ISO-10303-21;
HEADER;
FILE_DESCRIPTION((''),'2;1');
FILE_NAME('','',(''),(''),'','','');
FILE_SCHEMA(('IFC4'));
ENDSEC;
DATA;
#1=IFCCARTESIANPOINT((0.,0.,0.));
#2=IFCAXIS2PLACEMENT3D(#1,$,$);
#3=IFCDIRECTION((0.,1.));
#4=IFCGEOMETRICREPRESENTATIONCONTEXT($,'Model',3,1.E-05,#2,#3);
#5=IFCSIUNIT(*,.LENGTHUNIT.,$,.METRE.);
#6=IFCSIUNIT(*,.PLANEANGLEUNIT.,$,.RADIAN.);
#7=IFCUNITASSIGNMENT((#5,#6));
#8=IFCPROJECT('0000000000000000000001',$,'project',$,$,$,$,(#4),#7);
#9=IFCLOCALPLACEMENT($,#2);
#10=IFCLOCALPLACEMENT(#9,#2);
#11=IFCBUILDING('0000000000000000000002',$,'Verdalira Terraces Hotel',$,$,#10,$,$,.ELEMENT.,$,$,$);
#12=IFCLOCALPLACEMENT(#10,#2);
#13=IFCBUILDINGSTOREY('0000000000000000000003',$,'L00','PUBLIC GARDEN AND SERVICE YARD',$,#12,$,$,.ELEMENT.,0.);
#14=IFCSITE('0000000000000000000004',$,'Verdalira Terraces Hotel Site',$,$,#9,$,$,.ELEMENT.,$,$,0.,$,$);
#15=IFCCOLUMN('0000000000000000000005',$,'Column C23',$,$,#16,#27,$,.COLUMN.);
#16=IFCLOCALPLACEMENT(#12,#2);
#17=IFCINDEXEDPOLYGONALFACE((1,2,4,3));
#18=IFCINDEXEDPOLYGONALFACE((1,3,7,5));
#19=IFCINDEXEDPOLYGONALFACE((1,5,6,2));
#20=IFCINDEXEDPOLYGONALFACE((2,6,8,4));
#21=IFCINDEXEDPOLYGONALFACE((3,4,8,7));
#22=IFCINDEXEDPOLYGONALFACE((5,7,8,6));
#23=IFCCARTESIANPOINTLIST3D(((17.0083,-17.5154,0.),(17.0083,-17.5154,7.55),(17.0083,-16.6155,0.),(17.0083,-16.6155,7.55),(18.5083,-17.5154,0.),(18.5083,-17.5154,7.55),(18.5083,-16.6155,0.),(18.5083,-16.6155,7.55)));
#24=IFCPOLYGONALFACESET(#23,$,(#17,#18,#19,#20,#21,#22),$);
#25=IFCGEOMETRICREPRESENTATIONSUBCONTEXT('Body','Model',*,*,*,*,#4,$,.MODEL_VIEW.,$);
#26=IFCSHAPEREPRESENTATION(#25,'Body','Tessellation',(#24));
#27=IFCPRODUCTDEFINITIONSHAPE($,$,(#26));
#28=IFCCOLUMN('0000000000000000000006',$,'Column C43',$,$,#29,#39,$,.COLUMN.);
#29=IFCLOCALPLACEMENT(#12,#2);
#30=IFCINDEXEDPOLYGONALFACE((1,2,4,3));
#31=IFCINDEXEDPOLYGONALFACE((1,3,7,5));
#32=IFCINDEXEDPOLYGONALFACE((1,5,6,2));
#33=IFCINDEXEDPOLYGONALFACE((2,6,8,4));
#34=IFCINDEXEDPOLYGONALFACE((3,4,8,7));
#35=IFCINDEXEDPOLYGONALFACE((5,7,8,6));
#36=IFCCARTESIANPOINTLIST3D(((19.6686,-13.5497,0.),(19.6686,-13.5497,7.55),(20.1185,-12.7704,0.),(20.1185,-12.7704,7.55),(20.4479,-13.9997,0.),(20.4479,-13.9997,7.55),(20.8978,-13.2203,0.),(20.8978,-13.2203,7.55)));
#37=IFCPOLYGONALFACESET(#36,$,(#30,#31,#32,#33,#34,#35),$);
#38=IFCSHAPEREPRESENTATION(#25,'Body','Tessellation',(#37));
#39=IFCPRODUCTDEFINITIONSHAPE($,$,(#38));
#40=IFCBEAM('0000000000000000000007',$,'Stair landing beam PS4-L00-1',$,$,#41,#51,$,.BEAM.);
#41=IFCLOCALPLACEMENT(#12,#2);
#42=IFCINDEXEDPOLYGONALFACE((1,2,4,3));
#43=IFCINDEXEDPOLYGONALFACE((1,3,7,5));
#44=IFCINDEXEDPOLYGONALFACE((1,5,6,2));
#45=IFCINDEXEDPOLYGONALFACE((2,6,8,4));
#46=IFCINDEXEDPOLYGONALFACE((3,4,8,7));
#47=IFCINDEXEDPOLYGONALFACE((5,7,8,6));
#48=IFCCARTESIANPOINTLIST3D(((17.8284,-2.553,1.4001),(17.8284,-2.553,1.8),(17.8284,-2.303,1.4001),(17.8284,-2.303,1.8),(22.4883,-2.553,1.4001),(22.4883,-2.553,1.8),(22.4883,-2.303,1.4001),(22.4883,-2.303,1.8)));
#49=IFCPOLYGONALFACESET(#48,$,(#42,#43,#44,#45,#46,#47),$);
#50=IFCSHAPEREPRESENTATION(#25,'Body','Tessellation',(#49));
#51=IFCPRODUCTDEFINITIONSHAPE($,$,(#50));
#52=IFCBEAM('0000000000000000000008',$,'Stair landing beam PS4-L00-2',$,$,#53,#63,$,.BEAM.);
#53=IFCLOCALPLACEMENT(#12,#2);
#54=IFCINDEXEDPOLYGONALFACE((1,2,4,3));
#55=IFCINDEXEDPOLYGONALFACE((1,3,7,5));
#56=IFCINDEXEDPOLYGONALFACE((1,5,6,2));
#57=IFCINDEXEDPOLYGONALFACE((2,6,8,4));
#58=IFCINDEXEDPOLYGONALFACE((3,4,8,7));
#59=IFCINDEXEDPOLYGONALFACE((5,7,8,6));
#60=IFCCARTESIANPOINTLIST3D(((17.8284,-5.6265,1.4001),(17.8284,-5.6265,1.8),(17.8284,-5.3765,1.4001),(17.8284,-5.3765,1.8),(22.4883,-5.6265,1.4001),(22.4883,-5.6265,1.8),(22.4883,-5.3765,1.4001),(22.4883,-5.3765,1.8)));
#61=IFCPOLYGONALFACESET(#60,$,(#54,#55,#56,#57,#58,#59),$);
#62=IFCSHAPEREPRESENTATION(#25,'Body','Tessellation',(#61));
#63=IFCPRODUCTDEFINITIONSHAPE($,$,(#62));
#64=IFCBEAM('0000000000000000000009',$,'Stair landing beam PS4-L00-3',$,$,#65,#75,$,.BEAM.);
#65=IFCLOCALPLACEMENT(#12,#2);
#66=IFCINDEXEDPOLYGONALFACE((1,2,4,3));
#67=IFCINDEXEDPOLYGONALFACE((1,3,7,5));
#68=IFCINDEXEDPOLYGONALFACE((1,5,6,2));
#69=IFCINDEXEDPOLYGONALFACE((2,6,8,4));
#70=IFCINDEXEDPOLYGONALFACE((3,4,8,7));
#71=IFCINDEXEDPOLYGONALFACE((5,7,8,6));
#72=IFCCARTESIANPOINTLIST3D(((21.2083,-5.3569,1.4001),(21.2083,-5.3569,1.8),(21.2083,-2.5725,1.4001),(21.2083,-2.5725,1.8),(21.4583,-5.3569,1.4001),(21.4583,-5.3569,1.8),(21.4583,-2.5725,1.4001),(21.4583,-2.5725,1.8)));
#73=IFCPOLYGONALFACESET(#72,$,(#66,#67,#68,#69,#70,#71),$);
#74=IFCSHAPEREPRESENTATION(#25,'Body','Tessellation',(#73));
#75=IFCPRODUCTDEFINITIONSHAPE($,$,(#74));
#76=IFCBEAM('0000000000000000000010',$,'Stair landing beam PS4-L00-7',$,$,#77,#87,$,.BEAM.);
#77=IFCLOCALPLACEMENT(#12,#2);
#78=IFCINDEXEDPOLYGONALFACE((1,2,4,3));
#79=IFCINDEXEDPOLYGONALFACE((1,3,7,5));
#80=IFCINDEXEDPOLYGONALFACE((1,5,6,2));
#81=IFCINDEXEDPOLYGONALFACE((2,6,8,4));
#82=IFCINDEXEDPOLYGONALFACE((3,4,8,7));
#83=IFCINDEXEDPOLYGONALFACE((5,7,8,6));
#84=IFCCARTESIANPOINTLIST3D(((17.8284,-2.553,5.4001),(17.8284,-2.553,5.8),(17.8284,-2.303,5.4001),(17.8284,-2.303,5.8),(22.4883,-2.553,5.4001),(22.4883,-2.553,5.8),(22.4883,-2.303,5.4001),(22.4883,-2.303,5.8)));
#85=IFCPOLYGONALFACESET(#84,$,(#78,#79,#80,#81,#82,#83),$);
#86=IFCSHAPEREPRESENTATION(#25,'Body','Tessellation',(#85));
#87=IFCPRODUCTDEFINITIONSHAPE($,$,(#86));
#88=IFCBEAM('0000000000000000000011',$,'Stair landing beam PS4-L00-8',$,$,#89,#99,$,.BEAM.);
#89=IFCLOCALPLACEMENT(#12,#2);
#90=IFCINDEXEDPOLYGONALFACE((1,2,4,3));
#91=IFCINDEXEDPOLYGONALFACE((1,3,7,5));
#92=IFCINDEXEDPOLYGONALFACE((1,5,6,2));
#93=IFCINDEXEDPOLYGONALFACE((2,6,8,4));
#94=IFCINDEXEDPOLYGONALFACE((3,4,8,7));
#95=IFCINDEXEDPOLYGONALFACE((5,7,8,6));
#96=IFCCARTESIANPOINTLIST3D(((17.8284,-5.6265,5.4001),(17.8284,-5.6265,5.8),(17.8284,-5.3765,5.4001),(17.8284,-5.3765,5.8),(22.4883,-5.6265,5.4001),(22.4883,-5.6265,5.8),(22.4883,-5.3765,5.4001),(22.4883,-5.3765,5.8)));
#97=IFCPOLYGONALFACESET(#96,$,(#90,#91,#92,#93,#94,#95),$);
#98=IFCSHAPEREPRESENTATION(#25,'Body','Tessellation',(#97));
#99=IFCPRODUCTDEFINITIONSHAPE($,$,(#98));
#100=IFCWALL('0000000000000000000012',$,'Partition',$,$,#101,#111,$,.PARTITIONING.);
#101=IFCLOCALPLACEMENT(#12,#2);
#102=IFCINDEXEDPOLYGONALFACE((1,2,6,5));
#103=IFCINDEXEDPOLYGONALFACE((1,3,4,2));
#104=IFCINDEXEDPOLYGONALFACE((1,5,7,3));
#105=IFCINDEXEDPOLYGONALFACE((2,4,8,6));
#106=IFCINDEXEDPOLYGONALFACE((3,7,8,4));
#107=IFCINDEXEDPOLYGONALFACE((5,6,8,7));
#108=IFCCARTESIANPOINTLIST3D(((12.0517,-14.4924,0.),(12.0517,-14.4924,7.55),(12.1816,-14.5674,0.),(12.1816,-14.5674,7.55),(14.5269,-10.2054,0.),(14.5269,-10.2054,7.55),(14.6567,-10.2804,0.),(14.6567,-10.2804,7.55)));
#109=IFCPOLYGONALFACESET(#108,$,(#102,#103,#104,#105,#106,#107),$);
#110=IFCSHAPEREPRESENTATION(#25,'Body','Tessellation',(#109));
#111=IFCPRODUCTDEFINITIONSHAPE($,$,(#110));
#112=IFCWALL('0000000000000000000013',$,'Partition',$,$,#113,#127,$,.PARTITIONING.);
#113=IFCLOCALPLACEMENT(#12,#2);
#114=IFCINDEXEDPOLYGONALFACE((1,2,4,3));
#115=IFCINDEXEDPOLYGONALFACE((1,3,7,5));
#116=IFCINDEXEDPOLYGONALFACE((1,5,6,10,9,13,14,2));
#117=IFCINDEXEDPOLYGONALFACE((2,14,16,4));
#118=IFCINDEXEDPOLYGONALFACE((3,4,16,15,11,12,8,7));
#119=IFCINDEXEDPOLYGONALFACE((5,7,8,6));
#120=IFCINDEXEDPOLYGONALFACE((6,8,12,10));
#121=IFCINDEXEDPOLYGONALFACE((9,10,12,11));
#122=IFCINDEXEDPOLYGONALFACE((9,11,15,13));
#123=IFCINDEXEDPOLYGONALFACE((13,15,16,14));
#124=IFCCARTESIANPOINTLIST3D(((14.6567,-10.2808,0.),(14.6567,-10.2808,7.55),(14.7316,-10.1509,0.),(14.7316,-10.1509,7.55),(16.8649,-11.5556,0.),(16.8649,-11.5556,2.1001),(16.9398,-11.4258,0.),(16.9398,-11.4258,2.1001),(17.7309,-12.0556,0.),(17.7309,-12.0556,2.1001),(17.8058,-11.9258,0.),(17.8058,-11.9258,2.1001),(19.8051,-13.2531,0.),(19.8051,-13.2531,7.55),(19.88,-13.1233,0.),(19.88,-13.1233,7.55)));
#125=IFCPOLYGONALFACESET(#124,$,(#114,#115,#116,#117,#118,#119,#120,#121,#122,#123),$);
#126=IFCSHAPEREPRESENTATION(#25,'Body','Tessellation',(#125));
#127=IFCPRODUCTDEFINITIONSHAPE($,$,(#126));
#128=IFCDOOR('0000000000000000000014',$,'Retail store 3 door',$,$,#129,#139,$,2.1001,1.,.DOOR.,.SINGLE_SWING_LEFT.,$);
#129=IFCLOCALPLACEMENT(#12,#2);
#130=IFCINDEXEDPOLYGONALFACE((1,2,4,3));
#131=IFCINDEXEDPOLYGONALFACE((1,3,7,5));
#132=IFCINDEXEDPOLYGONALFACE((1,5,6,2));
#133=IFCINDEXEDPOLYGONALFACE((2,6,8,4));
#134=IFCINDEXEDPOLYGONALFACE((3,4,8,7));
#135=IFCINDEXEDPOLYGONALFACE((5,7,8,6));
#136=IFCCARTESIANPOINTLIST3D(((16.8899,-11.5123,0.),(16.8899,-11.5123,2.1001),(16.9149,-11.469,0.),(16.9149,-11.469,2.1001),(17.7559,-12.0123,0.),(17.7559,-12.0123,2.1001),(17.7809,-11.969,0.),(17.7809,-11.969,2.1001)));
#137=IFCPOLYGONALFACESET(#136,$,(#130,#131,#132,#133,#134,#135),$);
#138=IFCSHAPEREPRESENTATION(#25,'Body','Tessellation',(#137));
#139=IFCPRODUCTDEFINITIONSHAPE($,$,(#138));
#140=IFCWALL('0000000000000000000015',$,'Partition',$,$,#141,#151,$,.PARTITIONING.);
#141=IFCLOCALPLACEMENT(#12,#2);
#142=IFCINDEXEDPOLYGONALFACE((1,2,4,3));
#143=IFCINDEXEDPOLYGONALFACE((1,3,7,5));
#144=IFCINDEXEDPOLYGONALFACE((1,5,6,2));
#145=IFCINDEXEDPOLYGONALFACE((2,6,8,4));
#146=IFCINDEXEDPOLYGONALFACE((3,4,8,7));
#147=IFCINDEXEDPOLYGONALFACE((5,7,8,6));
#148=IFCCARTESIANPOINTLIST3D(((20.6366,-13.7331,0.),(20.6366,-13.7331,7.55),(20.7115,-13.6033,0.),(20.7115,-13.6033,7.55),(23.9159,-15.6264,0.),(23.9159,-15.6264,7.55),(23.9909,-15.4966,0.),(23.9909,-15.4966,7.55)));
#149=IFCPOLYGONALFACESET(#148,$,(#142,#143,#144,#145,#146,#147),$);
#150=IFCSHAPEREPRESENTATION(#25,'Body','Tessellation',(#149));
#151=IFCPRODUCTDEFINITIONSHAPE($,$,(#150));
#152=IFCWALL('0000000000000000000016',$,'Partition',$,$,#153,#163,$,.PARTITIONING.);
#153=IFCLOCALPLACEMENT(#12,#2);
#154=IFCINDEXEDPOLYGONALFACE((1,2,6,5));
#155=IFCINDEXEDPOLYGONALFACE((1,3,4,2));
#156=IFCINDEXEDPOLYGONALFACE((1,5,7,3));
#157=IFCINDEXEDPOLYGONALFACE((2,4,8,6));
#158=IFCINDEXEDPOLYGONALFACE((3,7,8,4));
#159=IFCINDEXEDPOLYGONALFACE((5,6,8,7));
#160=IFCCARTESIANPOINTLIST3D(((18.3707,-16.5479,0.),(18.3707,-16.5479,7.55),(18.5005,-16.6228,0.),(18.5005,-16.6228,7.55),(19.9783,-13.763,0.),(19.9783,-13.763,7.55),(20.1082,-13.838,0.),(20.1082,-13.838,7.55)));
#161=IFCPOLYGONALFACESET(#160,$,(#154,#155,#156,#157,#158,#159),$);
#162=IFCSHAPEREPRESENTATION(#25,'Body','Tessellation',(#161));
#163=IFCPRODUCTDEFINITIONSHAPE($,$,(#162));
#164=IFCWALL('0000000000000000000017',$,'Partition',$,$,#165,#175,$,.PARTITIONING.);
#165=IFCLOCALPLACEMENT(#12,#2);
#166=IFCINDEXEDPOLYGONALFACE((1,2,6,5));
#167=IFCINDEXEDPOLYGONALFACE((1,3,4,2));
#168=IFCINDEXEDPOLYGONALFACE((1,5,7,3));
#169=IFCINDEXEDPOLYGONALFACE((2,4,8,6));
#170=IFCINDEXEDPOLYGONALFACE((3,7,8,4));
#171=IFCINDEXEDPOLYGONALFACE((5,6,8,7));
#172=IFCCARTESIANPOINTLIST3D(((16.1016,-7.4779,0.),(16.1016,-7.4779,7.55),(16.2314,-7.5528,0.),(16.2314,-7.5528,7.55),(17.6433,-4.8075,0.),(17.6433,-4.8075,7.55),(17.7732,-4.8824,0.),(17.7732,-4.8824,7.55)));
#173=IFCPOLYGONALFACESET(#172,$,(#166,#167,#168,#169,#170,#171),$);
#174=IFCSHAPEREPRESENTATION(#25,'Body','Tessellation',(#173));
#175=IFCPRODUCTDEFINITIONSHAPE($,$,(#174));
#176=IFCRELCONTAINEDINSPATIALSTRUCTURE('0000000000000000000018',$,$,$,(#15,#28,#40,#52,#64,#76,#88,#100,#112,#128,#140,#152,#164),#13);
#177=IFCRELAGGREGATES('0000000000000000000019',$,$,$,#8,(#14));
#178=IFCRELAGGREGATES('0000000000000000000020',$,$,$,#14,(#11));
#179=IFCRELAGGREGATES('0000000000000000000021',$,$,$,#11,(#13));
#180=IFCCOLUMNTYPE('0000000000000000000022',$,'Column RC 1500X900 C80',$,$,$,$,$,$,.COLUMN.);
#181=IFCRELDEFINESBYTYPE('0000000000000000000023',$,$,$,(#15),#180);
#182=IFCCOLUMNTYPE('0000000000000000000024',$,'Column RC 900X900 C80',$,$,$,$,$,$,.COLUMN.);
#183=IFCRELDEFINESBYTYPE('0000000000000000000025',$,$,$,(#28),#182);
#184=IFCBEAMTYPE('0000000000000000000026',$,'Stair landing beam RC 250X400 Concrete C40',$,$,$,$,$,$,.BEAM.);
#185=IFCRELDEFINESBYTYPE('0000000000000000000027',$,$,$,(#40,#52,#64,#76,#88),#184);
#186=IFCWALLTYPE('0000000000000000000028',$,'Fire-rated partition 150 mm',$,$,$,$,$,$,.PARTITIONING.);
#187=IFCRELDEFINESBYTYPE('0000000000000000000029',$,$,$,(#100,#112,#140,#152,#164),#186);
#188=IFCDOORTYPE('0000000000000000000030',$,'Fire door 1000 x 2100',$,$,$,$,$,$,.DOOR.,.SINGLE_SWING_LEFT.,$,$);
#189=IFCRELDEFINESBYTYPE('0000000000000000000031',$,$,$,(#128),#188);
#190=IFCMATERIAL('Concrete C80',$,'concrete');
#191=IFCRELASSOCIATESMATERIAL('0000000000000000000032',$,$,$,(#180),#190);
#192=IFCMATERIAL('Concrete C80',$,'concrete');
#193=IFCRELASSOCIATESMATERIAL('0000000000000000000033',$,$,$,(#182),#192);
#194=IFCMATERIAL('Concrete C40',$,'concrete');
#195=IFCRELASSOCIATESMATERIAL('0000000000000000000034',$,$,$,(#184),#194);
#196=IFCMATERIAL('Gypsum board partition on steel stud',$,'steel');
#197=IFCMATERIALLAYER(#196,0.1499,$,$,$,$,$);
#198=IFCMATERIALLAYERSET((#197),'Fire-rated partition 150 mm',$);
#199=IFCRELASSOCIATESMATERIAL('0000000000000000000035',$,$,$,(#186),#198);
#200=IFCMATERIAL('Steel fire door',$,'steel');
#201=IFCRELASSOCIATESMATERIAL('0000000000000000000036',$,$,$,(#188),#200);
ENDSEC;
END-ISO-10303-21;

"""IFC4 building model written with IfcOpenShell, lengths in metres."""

from ifc_helpers import new_model, si_unit, direction, frame, frame_2d, origin, origin_2d, place, context, subcontext, project, spatial, rectangle, extrude, material, layer, layer_set, material_profile, profile_set, type_object, element, fill, save


model = new_model("IFC4")

# Units and contexts
model_context = context("Model", 3, precision=1e-05, world=origin(), true_north=direction((0.0, 1.0)))
body_context = subcontext(model_context, "Body", "Model", "MODEL_VIEW")
ifc_project = project(units=[si_unit("LENGTHUNIT", "METRE"), si_unit("PLANEANGLEUNIT", "RADIAN")], contexts=[model_context])

# Site, building, storey
site_placement = place(None, origin())
site = spatial("IfcSite", under=ifc_project, at=site_placement, Name="Verdalira Terraces Hotel Site", CompositionType="ELEMENT", RefElevation=0.0)
building_placement = place(site_placement, origin())
building = spatial("IfcBuilding", under=site, at=building_placement, Name="Verdalira Terraces Hotel", CompositionType="ELEMENT")
storey_placement = place(building_placement, origin())
storey = spatial("IfcBuildingStorey", under=building, at=storey_placement, Name="L00", Description="PUBLIC GARDEN AND SERVICE YARD", CompositionType="ELEMENT", Elevation=0.0)

# Columns
ifc_material_1 = material(Name="Concrete C80", Category="concrete")
ifc_material_profile_1 = material_profile(ifc_material_1, rectangle(XDim=1.5, YDim=0.8999, at=origin_2d()), Name="RC 1500X900")
ifc_profile_set_1 = profile_set([ifc_material_profile_1], Name="Concrete C80")
column_type_1 = type_object("IfcColumnType", Name="Column RC 1500X900 C80", PredefinedType="COLUMN", material=ifc_profile_set_1)
column_1_placement = place(storey_placement, frame((17.7583, -17.0654, 0.0), z_axis=(0.0, 0.0, 1.0), x_axis=(-1.0, 0.0, 0.0)))
element("IfcColumn", 1, at=column_1_placement, inside=storey, type_object=column_type_1, Name="Column C23", PredefinedType="COLUMN", context=body_context, shape_type="SweptSolid", body=[
    extrude(rectangle(XDim=1.5, YDim=0.8999, at=origin_2d()), origin(), (0.0, 0.0, 1.0), 7.55),
])
ifc_material_2 = material(Name="Concrete C80", Category="concrete")
ifc_material_profile_2 = material_profile(ifc_material_2, rectangle(XDim=0.8999, YDim=0.8999, at=origin_2d()), Name="RC 900X900")
ifc_profile_set_2 = profile_set([ifc_material_profile_2], Name="Concrete C80")
column_type_2 = type_object("IfcColumnType", Name="Column RC 900X900 C80", PredefinedType="COLUMN", material=ifc_profile_set_2)
column_2_placement = place(storey_placement, frame((20.2832, -13.385, 0.0), z_axis=(0.0, 0.0, 1.0), x_axis=(0.866025, -0.5, 0.0)))
element("IfcColumn", 2, at=column_2_placement, inside=storey, type_object=column_type_2, Name="Column C43", PredefinedType="COLUMN", context=body_context, shape_type="SweptSolid", body=[
    extrude(rectangle(XDim=0.8999, YDim=0.8999, at=origin_2d()), origin(), (0.0, 0.0, 1.0), 7.55),
])

# Beams
ifc_material_3 = material(Name="Concrete C40", Category="concrete")
ifc_material_profile_3 = material_profile(ifc_material_3, rectangle(XDim=0.25, YDim=0.3999, at=origin_2d()), Name="RC 250X400")
ifc_profile_set_3 = profile_set([ifc_material_profile_3], Name="Concrete C40")
beam_type = type_object("IfcBeamType", Name="Stair landing beam RC 250X400 Concrete C40", PredefinedType="BEAM", material=ifc_profile_set_3)
for number, where, z_axis, x_axis, name in (
    (3, (17.8284, -2.428, 1.6001), (1.0, 0.0, 0.0), (0.0, 1.0, 0.0), "Stair landing beam PS4-L00-1"),
    (4, (17.8284, -5.5015, 1.6001), (1.0, 0.0, 0.0), (0.0, 1.0, 0.0), "Stair landing beam PS4-L00-2"),
):
    element("IfcBeam", number, at=place(storey_placement, frame(where, z_axis=z_axis, x_axis=x_axis)), inside=storey, type_object=beam_type, Name=name, PredefinedType="BEAM", context=body_context, shape_type="SweptSolid", body=[
        extrude(rectangle(XDim=0.25, YDim=0.3999, at=origin_2d()), origin(), (0.0, 0.0, 1.0), 4.6599),
    ])
beam_placement = place(storey_placement, frame((21.3333, -2.5725, 1.6001), z_axis=(0.0, -1.0, 0.0), x_axis=(1.0, 0.0, 0.0)))
element("IfcBeam", 5, at=beam_placement, inside=storey, type_object=beam_type, Name="Stair landing beam PS4-L00-3", PredefinedType="BEAM", context=body_context, shape_type="SweptSolid", body=[
    extrude(rectangle(XDim=0.25, YDim=0.3999, at=origin_2d()), origin(), (0.0, 0.0, 1.0), 2.7844),
])
for number, where, z_axis, x_axis, name in (
    (6, (17.8284, -2.428, 5.6001), (1.0, 0.0, 0.0), (0.0, 1.0, 0.0), "Stair landing beam PS4-L00-7"),
    (7, (17.8284, -5.5015, 5.6001), (1.0, 0.0, 0.0), (0.0, 1.0, 0.0), "Stair landing beam PS4-L00-8"),
):
    element("IfcBeam", number, at=place(storey_placement, frame(where, z_axis=z_axis, x_axis=x_axis)), inside=storey, type_object=beam_type, Name=name, PredefinedType="BEAM", context=body_context, shape_type="SweptSolid", body=[
        extrude(rectangle(XDim=0.25, YDim=0.3999, at=origin_2d()), origin(), (0.0, 0.0, 1.0), 4.6599),
    ])

# Wall
ifc_material_4 = material(Name="Gypsum board partition on steel stud", Category="steel")
ifc_layer_1 = layer(ifc_material_4, 0.1499)
ifc_layer_set_1 = layer_set([ifc_layer_1], Name="Fire-rated partition 150 mm")
wall_type_1 = type_object("IfcWallType", Name="Fire-rated partition 150 mm", PredefinedType="PARTITIONING", material=ifc_layer_set_1)
wall_1_placement = place(storey_placement, frame((14.5918, -10.2429, 0.0), z_axis=(0.0, 0.0, 1.0), x_axis=(-0.500011, -0.866019, 0.0)))
element("IfcWall", 8, at=wall_1_placement, inside=storey, type_object=wall_type_1, Name="Partition", PredefinedType="PARTITIONING", context=body_context, shape_type="SweptSolid", body=[
    extrude(rectangle(XDim=4.9502, YDim=0.1499, at=frame_2d((2.4751, 0.0))), origin(), (0.0, 0.0, 1.0), 7.55),
])

# Wall, opening, door
wall_2_placement = place(storey_placement, frame((19.8425, -13.1882, 0.0), z_axis=(0.0, 0.0, 1.0), x_axis=(-0.866028, 0.499995, 0.0)))
wall_2 = element("IfcWall", 9, at=wall_2_placement, inside=storey, type_object=wall_type_1, Name="Partition", PredefinedType="PARTITIONING", context=body_context, shape_type="SweptSolid", body=[
    extrude(rectangle(XDim=5.9448, YDim=0.1499, at=frame_2d((2.9724, 0.0))), origin(), (0.0, 0.0, 1.0), 7.55),
])
opening_1_placement = place(wall_2_placement, frame((2.395, 0.0, 0.0)))
opening_1 = element("IfcOpeningElement", 10, at=opening_1_placement, cuts=wall_2, PredefinedType="OPENING", context=body_context, shape_type="SweptSolid", body=[
    extrude(rectangle(XDim=1.0, YDim=2.1001, at=frame_2d((0.5, 1.05))), frame((0.0, 0.085, 0.0), z_axis=(0.0, -1.0, 0.0), x_axis=(1.0, 0.0, 0.0)), (0.0, 0.0, 1.0), 0.1699),
])
ifc_material_5 = material(Name="Steel fire door", Category="steel")
door_type = type_object("IfcDoorType", Name="Fire door 1000 x 2100", OperationType="SINGLE_SWING_LEFT", PredefinedType="DOOR", material=ifc_material_5)
door_1_placement = place(opening_1_placement, origin())
door_1 = element("IfcDoor", 11, at=door_1_placement, inside=storey, type_object=door_type, Name="Retail store 3 door", OperationType="SINGLE_SWING_LEFT", OverallHeight=2.1001, OverallWidth=1.0, PredefinedType="DOOR", context=body_context, shape_type="SweptSolid", body=[
    extrude(rectangle(XDim=1.0, YDim=2.1001, at=frame_2d((0.5, 1.05))), frame((0.0, 0.0249, 0.0), z_axis=(0.0, -1.0, 0.0), x_axis=(1.0, 0.0, 0.0)), (0.0, 0.0, 1.0), 0.05),
])
fill(opening_1, door_1)

# Walls
wall_3_placement = place(storey_placement, frame((20.6741, -13.6682, 0.0), z_axis=(0.0, 0.0, 1.0), x_axis=(0.866025, -0.500002, 0.0)))
element("IfcWall", 12, at=wall_3_placement, inside=storey, type_object=wall_type_1, Name="Partition", PredefinedType="PARTITIONING", context=body_context, shape_type="SweptSolid", body=[
    extrude(rectangle(XDim=3.7866, YDim=0.1499, at=frame_2d((1.8933, 0.0))), origin(), (0.0, 0.0, 1.0), 7.55),
])
wall_4_placement = place(storey_placement, frame((18.4355, -16.5854, 0.0), z_axis=(0.0, 0.0, 1.0), x_axis=(0.499952, 0.866053, 0.0)))
element("IfcWall", 13, at=wall_4_placement, inside=storey, type_object=wall_type_1, Name="Partition", PredefinedType="PARTITIONING", context=body_context, shape_type="SweptSolid", body=[
    extrude(rectangle(XDim=3.2156, YDim=0.1499, at=frame_2d((1.6079, 0.0))), origin(), (0.0, 0.0, 1.0), 7.55),
])
wall_5_placement = place(storey_placement, frame((17.7083, -4.845, 0.0), z_axis=(0.0, 0.0, 1.0), x_axis=(-0.499997, -0.866027, 0.0)))
element("IfcWall", 14, at=wall_5_placement, inside=storey, type_object=wall_type_1, Name="Partition", PredefinedType="PARTITIONING", context=body_context, shape_type="SweptSolid", body=[
    extrude(rectangle(XDim=3.0835, YDim=0.1499, at=frame_2d((1.5417, 0.0))), origin(), (0.0, 0.0, 1.0), 7.55),
])

save(model, "model.ifc")
